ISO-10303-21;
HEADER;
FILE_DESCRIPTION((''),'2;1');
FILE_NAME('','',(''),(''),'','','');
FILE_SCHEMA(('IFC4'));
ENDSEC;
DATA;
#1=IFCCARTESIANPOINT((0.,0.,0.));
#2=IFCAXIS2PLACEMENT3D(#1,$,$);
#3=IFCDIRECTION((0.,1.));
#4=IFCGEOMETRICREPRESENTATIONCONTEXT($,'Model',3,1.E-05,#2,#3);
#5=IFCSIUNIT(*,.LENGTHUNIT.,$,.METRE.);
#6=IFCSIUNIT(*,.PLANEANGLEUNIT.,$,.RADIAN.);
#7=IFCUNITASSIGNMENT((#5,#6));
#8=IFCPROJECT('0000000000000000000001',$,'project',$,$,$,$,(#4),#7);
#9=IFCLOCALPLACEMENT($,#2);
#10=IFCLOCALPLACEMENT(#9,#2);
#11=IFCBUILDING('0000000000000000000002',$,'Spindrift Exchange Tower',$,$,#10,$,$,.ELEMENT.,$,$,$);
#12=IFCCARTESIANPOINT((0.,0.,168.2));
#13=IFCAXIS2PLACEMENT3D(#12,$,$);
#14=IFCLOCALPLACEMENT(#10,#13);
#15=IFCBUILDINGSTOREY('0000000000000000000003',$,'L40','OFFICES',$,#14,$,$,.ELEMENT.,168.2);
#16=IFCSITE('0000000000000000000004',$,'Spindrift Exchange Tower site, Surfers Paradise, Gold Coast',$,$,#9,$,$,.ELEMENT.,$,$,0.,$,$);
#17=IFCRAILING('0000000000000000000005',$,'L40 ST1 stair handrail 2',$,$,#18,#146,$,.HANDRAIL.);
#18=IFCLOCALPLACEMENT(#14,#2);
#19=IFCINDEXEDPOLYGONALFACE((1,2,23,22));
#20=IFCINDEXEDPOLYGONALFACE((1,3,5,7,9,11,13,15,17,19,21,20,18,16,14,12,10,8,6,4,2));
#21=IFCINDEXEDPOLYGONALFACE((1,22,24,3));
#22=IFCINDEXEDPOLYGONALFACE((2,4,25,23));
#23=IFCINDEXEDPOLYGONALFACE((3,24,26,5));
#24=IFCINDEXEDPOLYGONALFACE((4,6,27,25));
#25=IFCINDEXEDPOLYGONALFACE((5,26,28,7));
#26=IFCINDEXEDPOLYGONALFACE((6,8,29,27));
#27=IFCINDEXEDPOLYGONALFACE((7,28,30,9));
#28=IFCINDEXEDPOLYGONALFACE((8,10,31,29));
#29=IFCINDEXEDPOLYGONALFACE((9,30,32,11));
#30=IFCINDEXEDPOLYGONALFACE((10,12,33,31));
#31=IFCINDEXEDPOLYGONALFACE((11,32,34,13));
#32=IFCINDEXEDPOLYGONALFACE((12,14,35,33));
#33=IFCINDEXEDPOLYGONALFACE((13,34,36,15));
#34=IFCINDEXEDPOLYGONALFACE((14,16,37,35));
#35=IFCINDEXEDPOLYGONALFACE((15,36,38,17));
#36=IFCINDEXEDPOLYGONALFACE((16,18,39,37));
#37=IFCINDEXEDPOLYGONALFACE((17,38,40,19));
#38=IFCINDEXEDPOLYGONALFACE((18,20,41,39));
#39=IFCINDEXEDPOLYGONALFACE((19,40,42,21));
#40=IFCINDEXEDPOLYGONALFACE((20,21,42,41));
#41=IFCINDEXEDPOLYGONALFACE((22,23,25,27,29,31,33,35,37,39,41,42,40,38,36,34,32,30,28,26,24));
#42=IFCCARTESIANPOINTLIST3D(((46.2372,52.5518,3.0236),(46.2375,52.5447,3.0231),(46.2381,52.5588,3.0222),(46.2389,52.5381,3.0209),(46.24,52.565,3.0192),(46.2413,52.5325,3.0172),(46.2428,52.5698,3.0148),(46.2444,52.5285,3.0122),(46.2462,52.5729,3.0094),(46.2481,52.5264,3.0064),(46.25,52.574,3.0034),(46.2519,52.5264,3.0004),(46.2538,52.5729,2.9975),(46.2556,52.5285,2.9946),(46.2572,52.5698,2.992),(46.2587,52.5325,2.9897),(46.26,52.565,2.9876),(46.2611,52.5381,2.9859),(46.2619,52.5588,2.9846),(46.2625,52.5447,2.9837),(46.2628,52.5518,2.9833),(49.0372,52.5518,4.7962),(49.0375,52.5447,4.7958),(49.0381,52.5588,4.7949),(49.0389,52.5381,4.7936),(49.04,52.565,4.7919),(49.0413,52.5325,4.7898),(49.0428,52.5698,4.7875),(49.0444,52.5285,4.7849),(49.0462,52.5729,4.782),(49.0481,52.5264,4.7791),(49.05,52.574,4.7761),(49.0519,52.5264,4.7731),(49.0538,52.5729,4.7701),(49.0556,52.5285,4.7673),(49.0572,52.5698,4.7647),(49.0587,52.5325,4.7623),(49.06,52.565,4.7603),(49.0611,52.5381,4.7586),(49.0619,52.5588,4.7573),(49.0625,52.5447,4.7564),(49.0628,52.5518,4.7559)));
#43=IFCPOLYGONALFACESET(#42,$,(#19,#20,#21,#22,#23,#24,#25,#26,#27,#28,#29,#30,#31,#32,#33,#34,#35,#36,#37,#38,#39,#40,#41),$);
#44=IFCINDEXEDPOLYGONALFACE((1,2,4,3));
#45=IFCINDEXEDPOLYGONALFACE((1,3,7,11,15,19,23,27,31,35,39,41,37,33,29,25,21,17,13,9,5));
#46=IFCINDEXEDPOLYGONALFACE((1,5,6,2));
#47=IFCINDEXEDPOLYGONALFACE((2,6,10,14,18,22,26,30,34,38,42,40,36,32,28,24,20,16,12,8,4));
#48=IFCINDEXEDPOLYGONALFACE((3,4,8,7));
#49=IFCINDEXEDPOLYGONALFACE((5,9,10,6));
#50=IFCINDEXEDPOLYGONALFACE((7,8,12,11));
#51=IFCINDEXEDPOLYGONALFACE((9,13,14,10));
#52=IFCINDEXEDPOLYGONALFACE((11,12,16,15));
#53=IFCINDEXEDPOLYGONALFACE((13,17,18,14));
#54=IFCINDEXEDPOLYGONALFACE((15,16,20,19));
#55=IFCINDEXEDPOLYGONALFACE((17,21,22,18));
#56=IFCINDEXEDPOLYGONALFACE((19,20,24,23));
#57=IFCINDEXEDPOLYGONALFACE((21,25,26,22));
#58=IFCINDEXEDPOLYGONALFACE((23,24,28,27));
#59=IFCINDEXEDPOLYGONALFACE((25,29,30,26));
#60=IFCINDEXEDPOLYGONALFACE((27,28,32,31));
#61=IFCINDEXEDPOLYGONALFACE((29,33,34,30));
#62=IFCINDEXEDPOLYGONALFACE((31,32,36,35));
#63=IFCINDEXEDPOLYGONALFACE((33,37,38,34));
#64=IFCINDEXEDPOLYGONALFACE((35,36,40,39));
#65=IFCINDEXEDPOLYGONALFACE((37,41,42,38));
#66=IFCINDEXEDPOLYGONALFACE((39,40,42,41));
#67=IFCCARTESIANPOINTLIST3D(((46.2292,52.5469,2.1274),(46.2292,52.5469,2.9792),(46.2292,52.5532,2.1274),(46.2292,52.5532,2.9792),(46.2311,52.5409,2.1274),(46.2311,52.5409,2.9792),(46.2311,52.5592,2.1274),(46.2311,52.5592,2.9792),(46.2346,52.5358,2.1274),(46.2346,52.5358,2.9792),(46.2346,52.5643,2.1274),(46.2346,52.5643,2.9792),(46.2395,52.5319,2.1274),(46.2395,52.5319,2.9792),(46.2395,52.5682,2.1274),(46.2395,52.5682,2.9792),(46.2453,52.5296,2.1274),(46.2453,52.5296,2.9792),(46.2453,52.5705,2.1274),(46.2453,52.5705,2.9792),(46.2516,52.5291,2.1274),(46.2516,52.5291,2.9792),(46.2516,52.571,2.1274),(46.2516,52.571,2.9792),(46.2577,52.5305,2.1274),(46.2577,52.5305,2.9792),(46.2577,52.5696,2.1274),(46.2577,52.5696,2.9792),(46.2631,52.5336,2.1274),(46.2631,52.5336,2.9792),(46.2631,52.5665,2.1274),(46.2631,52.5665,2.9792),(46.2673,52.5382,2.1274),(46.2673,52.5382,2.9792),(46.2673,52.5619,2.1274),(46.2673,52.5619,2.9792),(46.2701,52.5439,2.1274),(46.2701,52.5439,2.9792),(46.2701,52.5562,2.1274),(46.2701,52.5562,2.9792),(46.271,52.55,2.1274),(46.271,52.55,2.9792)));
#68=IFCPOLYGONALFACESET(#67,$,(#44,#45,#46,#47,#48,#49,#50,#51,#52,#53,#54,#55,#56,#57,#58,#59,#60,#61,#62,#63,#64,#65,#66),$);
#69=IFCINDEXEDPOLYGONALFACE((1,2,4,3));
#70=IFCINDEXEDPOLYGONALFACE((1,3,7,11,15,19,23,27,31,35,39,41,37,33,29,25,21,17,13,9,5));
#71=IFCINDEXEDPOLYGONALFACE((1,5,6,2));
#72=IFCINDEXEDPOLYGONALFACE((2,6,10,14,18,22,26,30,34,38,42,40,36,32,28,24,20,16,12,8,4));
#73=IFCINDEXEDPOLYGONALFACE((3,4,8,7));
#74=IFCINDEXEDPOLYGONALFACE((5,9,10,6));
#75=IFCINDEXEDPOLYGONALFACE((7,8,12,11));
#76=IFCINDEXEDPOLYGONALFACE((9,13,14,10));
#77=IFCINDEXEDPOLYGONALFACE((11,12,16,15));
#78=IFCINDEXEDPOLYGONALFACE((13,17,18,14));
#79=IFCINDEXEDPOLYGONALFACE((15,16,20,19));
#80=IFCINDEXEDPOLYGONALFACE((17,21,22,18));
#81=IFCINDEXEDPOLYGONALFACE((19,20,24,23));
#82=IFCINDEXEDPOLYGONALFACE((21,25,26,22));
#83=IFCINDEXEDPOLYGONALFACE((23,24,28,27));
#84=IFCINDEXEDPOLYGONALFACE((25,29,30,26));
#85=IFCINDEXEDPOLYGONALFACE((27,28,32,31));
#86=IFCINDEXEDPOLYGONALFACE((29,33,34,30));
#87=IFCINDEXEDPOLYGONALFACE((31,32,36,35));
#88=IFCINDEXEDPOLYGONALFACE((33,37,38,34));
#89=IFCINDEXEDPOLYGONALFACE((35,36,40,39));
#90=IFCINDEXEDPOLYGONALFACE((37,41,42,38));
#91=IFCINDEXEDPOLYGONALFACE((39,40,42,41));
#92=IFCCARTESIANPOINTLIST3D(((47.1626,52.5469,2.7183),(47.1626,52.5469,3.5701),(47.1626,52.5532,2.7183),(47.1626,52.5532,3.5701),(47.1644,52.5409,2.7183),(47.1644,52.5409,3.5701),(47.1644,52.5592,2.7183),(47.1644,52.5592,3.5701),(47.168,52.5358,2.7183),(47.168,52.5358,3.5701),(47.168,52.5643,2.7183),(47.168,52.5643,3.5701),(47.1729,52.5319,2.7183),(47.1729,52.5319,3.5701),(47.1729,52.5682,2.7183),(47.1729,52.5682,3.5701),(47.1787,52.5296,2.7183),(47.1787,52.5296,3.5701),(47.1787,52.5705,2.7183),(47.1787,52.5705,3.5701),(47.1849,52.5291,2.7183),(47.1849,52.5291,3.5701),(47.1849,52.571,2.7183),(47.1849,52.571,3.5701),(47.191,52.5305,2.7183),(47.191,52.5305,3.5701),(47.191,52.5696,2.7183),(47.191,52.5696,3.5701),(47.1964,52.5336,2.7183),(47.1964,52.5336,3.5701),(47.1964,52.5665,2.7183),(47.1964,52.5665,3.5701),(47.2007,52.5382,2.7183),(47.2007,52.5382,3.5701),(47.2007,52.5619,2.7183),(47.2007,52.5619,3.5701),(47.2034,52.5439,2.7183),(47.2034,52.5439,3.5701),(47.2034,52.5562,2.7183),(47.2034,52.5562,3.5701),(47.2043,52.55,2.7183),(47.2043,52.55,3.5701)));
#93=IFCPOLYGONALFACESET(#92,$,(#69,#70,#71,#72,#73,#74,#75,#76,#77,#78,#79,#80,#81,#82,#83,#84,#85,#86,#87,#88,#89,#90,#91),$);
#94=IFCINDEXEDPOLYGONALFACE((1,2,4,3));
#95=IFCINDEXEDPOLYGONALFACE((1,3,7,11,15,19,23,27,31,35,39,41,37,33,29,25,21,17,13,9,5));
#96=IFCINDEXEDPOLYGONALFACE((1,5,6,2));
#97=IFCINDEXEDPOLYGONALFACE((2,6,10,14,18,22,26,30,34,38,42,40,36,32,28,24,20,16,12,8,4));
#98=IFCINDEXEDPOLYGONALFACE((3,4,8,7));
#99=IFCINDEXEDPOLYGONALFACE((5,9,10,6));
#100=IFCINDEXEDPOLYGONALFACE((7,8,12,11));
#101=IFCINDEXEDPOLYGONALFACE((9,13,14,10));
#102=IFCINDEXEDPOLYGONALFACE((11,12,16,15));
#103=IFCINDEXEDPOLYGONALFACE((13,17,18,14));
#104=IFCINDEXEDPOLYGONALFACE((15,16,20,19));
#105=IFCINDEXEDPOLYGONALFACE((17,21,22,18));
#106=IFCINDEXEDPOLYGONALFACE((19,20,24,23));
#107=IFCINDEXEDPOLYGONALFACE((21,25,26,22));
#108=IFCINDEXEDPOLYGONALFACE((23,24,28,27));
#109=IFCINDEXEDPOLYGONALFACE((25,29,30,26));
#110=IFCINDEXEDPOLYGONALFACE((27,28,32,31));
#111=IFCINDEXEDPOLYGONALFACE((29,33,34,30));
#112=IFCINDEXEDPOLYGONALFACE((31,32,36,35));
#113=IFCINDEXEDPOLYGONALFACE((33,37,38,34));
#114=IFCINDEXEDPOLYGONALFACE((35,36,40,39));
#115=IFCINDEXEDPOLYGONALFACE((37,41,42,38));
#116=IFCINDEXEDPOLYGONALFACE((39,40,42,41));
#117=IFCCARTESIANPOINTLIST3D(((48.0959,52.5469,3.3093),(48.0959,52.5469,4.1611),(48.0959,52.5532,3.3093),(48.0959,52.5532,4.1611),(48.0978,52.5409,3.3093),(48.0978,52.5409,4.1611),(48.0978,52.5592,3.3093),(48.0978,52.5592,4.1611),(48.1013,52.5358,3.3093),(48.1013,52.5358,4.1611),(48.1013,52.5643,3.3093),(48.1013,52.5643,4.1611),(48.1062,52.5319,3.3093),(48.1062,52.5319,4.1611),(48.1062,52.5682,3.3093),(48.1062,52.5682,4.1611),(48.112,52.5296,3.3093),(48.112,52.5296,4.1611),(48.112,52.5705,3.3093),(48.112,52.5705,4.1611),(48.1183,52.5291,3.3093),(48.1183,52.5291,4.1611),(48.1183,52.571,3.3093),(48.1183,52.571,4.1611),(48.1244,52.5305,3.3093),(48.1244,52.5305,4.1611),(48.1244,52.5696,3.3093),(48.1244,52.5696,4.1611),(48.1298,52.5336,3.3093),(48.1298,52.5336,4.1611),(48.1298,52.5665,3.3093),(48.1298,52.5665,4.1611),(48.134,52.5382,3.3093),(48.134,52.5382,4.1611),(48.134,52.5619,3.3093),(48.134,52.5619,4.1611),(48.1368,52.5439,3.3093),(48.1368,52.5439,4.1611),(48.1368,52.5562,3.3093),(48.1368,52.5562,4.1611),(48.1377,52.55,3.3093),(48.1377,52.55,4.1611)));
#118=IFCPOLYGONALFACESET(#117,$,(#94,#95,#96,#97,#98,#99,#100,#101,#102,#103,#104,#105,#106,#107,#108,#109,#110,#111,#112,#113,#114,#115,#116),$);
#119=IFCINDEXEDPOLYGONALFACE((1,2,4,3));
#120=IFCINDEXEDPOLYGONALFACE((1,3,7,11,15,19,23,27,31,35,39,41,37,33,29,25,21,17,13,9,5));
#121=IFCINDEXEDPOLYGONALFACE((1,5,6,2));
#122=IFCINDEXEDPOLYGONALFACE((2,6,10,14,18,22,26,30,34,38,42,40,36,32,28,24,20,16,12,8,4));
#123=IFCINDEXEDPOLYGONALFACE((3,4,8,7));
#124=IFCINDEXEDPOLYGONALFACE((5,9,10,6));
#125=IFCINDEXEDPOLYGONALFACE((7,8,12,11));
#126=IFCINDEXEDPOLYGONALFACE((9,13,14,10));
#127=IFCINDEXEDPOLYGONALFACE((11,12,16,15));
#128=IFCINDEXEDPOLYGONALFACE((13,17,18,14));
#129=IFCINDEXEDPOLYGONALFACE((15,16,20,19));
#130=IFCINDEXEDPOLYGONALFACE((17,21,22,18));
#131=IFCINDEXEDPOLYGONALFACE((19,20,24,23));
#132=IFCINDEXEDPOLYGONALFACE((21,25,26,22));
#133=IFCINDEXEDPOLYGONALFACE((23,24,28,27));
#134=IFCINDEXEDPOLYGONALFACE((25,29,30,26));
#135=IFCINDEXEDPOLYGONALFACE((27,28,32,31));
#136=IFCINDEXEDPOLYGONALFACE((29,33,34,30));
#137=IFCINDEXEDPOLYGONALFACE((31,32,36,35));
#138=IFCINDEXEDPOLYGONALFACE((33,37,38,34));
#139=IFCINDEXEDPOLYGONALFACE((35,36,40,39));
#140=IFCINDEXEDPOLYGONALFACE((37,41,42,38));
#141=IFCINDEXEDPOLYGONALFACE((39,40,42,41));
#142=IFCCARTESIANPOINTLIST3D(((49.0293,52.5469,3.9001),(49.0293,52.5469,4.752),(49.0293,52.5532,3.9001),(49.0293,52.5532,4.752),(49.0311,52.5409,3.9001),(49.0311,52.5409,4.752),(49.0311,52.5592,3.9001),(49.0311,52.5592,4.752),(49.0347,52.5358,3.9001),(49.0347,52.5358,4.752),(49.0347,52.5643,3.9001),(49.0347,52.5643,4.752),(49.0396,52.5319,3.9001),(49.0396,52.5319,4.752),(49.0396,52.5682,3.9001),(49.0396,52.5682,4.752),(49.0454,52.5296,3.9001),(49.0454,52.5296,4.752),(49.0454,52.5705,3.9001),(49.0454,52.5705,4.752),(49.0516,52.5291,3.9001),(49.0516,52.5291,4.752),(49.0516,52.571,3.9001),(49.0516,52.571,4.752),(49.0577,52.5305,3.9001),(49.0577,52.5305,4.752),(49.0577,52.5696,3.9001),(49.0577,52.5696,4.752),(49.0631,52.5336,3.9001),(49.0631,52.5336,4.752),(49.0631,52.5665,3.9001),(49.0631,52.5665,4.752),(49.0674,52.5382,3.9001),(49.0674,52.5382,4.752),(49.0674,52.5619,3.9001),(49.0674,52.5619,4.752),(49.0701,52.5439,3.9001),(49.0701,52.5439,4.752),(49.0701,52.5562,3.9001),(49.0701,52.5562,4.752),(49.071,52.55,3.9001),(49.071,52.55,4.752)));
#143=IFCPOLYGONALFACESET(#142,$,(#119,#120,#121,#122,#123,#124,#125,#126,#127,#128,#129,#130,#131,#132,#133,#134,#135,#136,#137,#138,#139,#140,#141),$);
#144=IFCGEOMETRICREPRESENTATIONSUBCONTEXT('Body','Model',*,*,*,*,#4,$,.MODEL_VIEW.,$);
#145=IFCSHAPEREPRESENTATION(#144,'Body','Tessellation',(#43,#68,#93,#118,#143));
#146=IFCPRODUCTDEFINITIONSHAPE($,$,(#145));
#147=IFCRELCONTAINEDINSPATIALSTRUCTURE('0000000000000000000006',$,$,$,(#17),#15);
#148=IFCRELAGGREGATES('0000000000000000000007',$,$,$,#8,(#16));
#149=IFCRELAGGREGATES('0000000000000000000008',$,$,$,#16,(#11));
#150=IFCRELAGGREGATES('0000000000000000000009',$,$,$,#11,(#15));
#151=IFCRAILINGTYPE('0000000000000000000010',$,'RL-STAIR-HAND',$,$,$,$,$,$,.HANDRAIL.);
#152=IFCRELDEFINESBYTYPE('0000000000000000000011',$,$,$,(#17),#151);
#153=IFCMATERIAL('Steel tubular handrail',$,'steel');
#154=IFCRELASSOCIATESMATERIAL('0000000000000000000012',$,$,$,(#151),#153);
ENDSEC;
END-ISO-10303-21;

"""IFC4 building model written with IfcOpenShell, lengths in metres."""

from ifc_helpers import new_model, si_unit, direction, frame, origin, origin_2d, place, context, subcontext, project, spatial, circle, extrude, material, type_object, element, save


model = new_model("IFC4")

# Units and contexts
model_context = context("Model", 3, precision=1e-05, world=origin(), true_north=direction((0.0, 1.0)))
body_context = subcontext(model_context, "Body", "Model", "MODEL_VIEW")
ifc_project = project(units=[si_unit("LENGTHUNIT", "METRE"), si_unit("PLANEANGLEUNIT", "RADIAN")], contexts=[model_context])

# Site, building, storey
site_placement = place(None, origin())
site = spatial("IfcSite", under=ifc_project, at=site_placement, Name="Spindrift Exchange Tower site, Surfers Paradise, Gold Coast", CompositionType="ELEMENT", RefElevation=0.0)
building_placement = place(site_placement, origin())
building = spatial("IfcBuilding", under=site, at=building_placement, Name="Spindrift Exchange Tower", CompositionType="ELEMENT")
storey_placement = place(building_placement, frame((0.0, 0.0, 168.2)))
storey = spatial("IfcBuildingStorey", under=building, at=storey_placement, Name="L40", Description="OFFICES", CompositionType="ELEMENT", Elevation=168.2)

# Railing
ifc_material_1 = material(Name="Steel tubular handrail", Category="steel")
railing_type_1 = type_object("IfcRailingType", Name="RL-STAIR-HAND", PredefinedType="HANDRAIL", material=ifc_material_1)
railing_1_placement = place(storey_placement, frame((46.25, 52.55, 2.1274)))
element("IfcRailing", 1, at=railing_1_placement, inside=storey, type_object=railing_type_1, Name="L40 ST1 stair handrail 2", PredefinedType="HANDRAIL", context=body_context, shape_type="SweptSolid", body=[
    extrude(circle(Radius=0.0239, at=origin_2d()), frame((0.0, 0.0, 0.876), z_axis=(0.844909, 0.0, 0.53491), x_axis=(0.0, 1.0, 0.0)), (0.0, 0.0, 1.0), 3.314),
    extrude(circle(Radius=0.021, at=origin_2d()), origin(), (0.0, 0.0, 1.0), 0.8518),
    extrude(circle(Radius=0.021, at=origin_2d()), frame((0.9333, 0.0, 0.5908)), (0.0, 0.0, 1.0), 0.8518),
    extrude(circle(Radius=0.021, at=origin_2d()), frame((1.8667, 0.0, 1.1819)), (0.0, 0.0, 1.0), 0.8518),
    extrude(circle(Radius=0.021, at=origin_2d()), frame((2.8, 0.0, 1.7727)), (0.0, 0.0, 1.0), 0.8518),
])

save(model, "model.ifc")
